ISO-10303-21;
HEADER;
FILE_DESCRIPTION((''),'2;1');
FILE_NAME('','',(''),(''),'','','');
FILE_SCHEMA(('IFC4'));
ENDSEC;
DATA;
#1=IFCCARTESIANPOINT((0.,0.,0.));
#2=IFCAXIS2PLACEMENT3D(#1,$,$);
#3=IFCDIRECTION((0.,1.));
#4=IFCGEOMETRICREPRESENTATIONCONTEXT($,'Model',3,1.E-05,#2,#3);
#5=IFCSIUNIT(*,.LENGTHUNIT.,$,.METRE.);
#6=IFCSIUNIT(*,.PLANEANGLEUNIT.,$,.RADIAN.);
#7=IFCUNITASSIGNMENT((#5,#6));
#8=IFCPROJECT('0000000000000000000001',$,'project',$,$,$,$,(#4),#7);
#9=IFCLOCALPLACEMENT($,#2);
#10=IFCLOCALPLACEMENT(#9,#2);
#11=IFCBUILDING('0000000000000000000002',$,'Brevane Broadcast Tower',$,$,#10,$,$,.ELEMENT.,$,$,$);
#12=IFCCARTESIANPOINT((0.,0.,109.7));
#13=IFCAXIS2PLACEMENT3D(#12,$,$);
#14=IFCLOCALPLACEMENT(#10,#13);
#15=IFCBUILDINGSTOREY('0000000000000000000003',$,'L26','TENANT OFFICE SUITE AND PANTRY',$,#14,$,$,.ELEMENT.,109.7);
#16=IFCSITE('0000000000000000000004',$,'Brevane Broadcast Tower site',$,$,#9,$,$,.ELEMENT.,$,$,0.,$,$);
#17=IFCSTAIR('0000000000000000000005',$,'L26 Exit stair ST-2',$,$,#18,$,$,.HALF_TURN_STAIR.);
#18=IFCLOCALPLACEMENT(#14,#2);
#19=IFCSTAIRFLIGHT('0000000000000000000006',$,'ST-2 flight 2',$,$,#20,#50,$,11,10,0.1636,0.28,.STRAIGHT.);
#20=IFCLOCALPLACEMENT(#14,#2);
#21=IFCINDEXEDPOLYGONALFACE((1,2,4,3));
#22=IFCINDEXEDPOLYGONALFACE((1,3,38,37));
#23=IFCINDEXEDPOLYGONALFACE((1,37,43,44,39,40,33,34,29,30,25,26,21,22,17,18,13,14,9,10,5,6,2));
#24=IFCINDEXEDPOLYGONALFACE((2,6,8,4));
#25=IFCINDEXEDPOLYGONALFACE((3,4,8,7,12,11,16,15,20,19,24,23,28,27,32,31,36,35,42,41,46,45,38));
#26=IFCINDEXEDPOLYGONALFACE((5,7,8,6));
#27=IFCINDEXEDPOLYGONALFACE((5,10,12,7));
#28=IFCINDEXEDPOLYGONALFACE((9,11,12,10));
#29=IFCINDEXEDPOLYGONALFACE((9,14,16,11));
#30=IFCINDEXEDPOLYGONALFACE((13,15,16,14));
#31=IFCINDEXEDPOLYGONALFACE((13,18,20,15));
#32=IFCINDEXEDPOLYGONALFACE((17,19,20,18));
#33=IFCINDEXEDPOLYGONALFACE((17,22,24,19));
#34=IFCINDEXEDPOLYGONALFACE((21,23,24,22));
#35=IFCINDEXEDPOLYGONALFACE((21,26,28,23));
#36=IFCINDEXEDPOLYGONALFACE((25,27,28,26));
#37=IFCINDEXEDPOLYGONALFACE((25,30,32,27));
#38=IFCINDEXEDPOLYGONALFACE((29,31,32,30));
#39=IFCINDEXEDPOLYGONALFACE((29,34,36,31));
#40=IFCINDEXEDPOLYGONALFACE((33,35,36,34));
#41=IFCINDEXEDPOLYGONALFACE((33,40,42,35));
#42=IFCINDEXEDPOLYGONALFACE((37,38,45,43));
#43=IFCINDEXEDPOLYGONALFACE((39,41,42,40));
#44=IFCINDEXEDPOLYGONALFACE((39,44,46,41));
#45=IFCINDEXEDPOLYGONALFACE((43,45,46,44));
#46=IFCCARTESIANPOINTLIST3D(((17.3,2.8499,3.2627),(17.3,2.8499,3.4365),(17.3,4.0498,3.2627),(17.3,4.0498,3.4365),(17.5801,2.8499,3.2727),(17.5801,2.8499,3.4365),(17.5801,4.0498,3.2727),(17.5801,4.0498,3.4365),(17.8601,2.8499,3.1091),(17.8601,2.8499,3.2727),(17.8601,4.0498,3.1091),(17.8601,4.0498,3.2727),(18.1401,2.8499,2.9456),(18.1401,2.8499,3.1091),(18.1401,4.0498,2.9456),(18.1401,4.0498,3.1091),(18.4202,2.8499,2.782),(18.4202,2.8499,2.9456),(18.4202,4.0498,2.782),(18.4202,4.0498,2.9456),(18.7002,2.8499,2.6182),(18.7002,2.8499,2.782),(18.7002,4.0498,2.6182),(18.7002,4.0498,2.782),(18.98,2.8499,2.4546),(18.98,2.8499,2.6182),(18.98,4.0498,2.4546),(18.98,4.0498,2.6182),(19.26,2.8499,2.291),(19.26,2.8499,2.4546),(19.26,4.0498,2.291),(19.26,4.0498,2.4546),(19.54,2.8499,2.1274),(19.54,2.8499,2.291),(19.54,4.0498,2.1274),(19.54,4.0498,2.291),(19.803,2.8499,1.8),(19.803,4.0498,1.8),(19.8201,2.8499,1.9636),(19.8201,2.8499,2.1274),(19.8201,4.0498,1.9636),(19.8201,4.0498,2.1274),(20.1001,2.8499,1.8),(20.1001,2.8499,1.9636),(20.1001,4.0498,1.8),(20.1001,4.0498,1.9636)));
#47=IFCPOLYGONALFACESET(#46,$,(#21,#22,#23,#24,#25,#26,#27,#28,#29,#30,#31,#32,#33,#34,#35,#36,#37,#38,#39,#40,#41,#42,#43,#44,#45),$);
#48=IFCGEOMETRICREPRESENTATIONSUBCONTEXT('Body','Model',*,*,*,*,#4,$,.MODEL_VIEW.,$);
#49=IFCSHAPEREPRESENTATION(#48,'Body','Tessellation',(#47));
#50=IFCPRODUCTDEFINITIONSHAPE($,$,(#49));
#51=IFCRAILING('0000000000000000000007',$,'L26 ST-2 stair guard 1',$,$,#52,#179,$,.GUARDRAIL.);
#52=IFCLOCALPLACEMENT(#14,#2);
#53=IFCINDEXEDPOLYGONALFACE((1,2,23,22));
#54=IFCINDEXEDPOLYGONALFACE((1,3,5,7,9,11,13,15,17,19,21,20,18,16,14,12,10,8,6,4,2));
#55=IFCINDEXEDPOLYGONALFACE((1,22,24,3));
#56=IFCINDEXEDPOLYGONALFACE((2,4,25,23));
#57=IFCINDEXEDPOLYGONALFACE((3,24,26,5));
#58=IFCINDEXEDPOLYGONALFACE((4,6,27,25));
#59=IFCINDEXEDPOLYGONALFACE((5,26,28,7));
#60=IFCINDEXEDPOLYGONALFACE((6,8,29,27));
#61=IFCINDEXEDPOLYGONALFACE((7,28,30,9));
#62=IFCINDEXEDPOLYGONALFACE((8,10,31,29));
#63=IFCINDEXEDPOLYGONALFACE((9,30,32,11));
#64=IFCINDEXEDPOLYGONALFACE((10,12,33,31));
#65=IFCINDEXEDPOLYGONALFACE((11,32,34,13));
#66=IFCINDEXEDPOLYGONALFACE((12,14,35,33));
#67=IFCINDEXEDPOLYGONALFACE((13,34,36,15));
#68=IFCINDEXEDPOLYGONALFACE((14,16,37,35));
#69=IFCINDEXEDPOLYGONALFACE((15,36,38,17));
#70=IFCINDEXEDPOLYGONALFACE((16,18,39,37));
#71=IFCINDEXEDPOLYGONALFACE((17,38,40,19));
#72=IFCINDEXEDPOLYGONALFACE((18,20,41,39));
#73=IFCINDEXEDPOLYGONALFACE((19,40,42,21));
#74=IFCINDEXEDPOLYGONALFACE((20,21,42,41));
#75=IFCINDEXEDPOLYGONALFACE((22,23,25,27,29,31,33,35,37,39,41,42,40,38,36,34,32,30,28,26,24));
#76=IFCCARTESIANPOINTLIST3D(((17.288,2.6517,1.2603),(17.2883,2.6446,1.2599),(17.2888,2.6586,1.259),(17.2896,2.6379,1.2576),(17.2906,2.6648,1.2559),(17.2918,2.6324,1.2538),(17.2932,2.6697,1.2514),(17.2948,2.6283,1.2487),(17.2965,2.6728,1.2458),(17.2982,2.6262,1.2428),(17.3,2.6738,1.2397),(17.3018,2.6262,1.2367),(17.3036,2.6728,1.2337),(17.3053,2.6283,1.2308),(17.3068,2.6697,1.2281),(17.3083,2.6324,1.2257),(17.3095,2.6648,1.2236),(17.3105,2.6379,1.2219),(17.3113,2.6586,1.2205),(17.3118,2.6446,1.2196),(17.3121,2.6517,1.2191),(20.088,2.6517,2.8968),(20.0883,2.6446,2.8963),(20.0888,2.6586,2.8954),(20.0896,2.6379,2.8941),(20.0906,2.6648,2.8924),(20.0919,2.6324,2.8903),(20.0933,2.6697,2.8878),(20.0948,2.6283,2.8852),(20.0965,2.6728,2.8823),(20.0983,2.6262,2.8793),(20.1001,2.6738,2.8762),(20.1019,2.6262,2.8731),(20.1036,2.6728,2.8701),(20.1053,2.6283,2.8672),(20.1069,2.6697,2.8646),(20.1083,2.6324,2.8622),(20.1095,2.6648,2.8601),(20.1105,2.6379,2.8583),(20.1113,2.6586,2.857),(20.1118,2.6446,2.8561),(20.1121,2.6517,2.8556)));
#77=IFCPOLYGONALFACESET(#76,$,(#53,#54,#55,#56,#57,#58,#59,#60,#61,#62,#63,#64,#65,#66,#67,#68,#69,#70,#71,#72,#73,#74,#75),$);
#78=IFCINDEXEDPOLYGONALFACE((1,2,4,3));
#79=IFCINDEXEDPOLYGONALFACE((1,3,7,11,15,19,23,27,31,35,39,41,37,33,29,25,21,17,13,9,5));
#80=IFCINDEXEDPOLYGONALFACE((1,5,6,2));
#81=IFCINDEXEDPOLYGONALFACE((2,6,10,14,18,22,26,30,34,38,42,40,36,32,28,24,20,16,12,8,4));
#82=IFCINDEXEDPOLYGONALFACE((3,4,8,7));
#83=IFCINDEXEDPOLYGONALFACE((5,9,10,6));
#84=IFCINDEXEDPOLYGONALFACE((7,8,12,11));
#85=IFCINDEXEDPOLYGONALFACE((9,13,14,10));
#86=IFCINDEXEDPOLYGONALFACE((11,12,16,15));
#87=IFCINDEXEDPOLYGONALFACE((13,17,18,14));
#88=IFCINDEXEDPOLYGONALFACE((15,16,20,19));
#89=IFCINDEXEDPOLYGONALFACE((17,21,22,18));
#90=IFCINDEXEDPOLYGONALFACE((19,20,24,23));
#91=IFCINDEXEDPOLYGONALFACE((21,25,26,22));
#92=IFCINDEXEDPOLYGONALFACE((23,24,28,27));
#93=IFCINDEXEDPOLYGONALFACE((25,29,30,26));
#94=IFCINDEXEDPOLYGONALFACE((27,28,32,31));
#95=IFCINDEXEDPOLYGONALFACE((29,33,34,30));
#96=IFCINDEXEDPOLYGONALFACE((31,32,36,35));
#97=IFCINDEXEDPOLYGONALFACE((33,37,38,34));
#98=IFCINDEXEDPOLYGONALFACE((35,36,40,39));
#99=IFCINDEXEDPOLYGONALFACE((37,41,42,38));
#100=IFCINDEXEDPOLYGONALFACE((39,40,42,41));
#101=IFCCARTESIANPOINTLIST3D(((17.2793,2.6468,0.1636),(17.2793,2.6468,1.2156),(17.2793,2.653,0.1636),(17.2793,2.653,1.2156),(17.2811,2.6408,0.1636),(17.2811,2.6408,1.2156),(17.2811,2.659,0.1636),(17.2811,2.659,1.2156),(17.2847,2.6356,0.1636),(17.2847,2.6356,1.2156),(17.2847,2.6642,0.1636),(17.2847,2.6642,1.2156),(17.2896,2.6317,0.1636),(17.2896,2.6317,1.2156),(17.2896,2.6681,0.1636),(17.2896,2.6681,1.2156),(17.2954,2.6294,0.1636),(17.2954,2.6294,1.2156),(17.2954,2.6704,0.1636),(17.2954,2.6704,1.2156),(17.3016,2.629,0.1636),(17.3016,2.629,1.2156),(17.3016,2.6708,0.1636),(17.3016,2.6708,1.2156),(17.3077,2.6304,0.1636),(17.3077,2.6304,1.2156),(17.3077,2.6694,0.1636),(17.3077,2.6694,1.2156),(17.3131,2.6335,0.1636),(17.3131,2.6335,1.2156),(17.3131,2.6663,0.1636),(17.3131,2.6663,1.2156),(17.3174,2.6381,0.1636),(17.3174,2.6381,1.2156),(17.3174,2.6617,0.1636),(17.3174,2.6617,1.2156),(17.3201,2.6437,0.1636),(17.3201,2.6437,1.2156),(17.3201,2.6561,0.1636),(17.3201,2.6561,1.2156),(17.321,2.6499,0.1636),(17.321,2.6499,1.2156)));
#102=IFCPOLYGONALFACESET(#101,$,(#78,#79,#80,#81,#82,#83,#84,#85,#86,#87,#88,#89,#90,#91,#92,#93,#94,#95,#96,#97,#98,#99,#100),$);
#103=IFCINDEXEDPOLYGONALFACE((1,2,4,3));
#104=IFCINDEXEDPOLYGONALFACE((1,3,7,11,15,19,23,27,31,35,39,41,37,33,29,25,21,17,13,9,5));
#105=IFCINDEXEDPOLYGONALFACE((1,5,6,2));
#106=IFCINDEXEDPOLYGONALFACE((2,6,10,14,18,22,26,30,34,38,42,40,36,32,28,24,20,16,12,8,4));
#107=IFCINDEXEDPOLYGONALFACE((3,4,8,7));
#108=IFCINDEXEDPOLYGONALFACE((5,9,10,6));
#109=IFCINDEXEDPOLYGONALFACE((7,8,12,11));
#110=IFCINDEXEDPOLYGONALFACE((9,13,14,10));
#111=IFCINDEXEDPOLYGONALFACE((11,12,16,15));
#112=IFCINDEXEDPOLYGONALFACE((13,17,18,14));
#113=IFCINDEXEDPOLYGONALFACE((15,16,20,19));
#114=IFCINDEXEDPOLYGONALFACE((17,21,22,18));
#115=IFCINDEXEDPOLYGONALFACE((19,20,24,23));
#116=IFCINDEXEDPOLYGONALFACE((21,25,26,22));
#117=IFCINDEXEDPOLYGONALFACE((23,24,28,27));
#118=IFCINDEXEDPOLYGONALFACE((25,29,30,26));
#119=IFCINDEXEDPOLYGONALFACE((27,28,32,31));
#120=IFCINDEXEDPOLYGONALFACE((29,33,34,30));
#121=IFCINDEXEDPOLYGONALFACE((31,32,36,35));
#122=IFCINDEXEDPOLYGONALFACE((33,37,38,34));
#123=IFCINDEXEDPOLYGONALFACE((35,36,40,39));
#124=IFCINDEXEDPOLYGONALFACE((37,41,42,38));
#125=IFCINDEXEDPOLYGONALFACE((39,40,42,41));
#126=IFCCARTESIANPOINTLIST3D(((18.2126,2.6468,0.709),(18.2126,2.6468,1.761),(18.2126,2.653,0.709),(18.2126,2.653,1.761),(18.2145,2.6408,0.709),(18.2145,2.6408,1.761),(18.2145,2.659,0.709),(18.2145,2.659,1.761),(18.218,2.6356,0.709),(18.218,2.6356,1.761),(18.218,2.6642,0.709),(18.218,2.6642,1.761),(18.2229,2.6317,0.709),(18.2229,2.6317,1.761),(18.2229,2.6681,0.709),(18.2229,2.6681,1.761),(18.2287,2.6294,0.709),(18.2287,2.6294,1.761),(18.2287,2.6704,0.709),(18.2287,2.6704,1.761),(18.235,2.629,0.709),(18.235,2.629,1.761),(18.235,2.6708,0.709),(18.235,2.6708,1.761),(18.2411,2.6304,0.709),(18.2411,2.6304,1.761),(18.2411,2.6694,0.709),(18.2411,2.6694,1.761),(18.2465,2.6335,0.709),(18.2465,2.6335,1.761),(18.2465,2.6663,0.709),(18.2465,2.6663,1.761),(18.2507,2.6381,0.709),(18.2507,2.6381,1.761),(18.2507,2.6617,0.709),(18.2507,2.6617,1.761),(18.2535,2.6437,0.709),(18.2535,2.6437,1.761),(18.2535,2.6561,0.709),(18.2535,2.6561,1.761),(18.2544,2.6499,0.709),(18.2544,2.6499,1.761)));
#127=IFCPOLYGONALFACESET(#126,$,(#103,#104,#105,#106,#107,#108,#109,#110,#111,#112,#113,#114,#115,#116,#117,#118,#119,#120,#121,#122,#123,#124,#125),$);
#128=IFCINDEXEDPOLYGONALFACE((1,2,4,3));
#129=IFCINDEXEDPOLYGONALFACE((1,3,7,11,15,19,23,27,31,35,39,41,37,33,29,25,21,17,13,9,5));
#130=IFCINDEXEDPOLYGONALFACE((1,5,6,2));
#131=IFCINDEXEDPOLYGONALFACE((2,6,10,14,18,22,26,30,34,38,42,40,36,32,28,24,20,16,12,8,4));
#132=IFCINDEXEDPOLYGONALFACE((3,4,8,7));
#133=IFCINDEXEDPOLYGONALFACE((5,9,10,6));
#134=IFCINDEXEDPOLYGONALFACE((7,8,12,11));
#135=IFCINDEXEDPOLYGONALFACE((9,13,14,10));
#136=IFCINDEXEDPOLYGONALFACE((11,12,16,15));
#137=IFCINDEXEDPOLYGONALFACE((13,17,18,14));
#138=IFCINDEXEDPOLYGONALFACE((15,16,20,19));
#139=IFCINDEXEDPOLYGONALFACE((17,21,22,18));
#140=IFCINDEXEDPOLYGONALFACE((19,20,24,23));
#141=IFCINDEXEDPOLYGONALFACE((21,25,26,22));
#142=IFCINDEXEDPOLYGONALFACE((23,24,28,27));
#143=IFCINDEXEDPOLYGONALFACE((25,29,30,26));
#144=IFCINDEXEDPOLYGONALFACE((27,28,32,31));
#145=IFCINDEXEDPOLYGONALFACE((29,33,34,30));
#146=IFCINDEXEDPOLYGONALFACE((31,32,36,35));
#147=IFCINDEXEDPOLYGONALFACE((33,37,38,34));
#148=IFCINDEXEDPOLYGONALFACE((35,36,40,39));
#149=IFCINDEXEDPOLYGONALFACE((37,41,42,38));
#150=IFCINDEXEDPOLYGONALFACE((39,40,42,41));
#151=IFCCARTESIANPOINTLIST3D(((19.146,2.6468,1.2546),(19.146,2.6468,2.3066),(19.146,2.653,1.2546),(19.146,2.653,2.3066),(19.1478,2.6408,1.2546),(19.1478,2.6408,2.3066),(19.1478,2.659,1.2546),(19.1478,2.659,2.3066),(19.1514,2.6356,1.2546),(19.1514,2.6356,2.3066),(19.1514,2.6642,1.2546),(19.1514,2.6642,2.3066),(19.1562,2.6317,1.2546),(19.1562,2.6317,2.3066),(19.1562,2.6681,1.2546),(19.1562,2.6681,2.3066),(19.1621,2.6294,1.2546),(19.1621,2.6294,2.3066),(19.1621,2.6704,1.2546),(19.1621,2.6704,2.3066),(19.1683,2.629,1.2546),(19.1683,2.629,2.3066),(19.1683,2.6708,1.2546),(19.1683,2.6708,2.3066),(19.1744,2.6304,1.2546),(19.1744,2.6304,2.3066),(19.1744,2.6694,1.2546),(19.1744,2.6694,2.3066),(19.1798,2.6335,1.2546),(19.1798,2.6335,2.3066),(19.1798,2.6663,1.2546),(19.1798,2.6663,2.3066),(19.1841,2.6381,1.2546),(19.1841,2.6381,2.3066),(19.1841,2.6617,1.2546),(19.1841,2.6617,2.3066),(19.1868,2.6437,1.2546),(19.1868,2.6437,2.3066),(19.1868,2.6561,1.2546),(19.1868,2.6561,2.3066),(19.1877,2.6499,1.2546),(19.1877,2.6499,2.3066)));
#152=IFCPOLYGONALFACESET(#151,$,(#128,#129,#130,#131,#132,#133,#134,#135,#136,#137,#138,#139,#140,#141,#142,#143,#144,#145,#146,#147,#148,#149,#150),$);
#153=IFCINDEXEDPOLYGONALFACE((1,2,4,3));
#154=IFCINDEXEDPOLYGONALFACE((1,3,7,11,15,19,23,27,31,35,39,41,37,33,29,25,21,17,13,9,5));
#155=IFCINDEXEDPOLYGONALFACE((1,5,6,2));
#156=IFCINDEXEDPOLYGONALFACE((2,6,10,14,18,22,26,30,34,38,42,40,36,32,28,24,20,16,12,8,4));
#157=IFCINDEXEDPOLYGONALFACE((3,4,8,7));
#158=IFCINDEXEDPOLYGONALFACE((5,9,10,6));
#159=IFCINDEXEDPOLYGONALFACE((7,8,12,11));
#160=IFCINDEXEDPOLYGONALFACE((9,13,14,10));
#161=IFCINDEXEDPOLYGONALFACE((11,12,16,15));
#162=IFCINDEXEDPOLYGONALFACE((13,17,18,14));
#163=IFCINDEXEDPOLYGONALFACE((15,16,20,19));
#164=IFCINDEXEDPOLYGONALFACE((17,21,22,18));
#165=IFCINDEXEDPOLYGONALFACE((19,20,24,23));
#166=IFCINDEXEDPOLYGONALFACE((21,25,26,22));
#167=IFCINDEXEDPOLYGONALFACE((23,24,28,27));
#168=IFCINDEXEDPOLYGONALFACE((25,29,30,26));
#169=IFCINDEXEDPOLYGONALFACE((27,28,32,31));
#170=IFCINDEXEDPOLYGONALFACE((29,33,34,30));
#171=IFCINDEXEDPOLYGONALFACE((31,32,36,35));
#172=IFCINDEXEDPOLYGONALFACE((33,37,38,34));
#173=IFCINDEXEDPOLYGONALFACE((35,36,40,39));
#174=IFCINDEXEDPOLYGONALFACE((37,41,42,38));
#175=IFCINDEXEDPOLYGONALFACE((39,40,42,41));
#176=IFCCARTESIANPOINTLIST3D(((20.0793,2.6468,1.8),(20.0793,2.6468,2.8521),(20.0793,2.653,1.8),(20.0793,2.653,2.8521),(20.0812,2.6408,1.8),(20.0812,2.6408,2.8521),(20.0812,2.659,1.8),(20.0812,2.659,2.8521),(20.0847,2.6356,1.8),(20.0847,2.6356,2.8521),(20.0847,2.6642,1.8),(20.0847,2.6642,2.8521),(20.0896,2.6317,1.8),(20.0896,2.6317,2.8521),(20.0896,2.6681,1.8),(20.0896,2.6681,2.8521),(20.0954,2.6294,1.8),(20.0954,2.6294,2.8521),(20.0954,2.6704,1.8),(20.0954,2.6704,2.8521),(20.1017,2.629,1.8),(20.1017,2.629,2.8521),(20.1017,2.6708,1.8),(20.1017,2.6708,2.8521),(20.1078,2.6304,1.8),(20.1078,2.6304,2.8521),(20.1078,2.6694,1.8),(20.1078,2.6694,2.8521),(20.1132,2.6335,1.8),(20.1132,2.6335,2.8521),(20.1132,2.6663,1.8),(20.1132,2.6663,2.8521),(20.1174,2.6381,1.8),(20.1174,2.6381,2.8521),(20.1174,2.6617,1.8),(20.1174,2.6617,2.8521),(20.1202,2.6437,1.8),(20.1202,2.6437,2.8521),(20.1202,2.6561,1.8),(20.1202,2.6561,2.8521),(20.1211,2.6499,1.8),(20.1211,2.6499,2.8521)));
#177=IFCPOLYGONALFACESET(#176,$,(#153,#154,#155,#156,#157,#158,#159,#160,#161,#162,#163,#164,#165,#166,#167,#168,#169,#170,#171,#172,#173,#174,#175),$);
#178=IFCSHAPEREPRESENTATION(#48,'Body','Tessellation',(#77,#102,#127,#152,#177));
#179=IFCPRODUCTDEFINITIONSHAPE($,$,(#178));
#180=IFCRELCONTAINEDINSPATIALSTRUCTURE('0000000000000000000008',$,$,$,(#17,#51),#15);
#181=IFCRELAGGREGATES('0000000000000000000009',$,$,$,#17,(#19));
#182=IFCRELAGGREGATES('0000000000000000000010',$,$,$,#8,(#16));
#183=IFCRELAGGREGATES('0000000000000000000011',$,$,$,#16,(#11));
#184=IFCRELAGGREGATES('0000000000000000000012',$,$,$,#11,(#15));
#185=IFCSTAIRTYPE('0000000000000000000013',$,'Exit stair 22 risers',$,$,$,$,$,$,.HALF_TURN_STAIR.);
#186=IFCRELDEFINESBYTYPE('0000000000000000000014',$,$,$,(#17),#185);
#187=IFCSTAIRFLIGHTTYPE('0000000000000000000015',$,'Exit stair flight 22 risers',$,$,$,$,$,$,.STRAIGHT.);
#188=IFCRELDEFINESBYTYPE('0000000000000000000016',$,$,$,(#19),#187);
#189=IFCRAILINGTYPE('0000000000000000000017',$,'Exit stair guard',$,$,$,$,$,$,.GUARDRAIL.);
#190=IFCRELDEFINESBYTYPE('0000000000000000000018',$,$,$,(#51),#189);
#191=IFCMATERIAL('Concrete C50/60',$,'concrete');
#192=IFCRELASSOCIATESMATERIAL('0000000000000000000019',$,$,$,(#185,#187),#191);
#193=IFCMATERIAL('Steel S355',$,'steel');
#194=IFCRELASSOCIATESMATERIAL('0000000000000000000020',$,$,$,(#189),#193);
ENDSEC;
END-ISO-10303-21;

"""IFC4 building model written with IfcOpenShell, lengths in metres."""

from ifc_helpers import new_model, si_unit, direction, frame, origin, origin_2d, place, context, subcontext, project, spatial, polyline, circle, outline, extrude, material, type_object, element, aggregate, save


model = new_model("IFC4")

# Units and contexts
model_context = context("Model", 3, precision=1e-05, world=origin(), true_north=direction((0.0, 1.0)))
body_context = subcontext(model_context, "Body", "Model", "MODEL_VIEW")
ifc_project = project(units=[si_unit("LENGTHUNIT", "METRE"), si_unit("PLANEANGLEUNIT", "RADIAN")], contexts=[model_context])

# Site, building, storey
site_placement = place(None, origin())
site = spatial("IfcSite", under=ifc_project, at=site_placement, Name="Brevane Broadcast Tower site", CompositionType="ELEMENT", RefElevation=0.0)
building_placement = place(site_placement, origin())
building = spatial("IfcBuilding", under=site, at=building_placement, Name="Brevane Broadcast Tower", CompositionType="ELEMENT")
storey_placement = place(building_placement, frame((0.0, 0.0, 109.7)))
storey = spatial("IfcBuildingStorey", under=building, at=storey_placement, Name="L26", Description="TENANT OFFICE SUITE AND PANTRY", CompositionType="ELEMENT", Elevation=109.7)

# Stair, stair flight
ifc_material_1 = material(Name="Concrete C50/60", Category="concrete")
stair_type = type_object("IfcStairType", Name="Exit stair 22 risers", PredefinedType="HALF_TURN_STAIR", material=ifc_material_1)
stair_placement = place(storey_placement, origin())
stair = element("IfcStair", 1, at=stair_placement, inside=storey, type_object=stair_type, Name="L26 Exit stair ST-2", PredefinedType="HALF_TURN_STAIR")
stair_flight_type = type_object("IfcStairFlightType", Name="Exit stair flight 22 risers", PredefinedType="STRAIGHT", material=ifc_material_1)
stair_flight_1_placement = place(storey_placement, frame((20.1001, 3.45, 1.8), z_axis=(0.0, 0.0, 1.0), x_axis=(-1.0, 0.0, 0.0)))
stair_flight_1 = element("IfcStairFlight", 2, at=stair_flight_1_placement, type_object=stair_flight_type, Name="ST-2 flight 2", NumberOfRisers=11, NumberOfTreads=10, PredefinedType="STRAIGHT", RiserHeight=0.1636, TreadLength=0.28, context=body_context, shape_type="SweptSolid", body=[
    extrude(outline(polyline([(0.0, 0.0), (0.0, 0.1636), (0.28, 0.1636), (0.28, 0.3274), (0.5601, 0.3274), (0.5601, 0.491), (0.8401, 0.491), (0.8401, 0.6545), (1.1201, 0.6545), (1.1201, 0.8181), (1.3999, 0.8181), (1.3999, 0.9819), (1.6799, 0.9819), (1.6799, 1.1455), (1.96, 1.1455), (1.96, 1.3091), (2.24, 1.3091), (2.24, 1.4727), (2.52, 1.4727), (2.52, 1.6365), (2.8, 1.6365), (2.8, 1.8), (2.8, 1.4626), (0.2971, 0.0), (0.0, 0.0)])), frame((0.0, 0.6001, 0.0), z_axis=(0.0, -1.0, 0.0), x_axis=(1.0, 0.0, 0.0)), (0.0, 0.0, 1.0), 1.2),
])
aggregate(stair, [stair_flight_1])

# Railing
ifc_material_2 = material(Name="Steel S355", Category="steel")
railing_type_1 = type_object("IfcRailingType", Name="Exit stair guard", PredefinedType="GUARDRAIL", material=ifc_material_2)
railing_1_placement = place(storey_placement, frame((17.3, 2.6499, 0.1636)))
element("IfcRailing", 3, at=railing_1_placement, inside=storey, type_object=railing_type_1, Name="L26 ST-2 stair guard 1", PredefinedType="GUARDRAIL", context=body_context, shape_type="SweptSolid", body=[
    extrude(circle(Radius=0.0239, at=origin_2d()), frame((0.0, 0.0, 1.0762), z_axis=(0.863361, 0.0, 0.504587), x_axis=(0.0, 1.0, 0.0)), (0.0, 0.0, 1.0), 3.2432),
    extrude(circle(Radius=0.021, at=origin_2d()), origin(), (0.0, 0.0, 1.0), 1.052),
    extrude(circle(Radius=0.021, at=origin_2d()), frame((0.9333, 0.0, 0.5454)), (0.0, 0.0, 1.0), 1.052),
    extrude(circle(Radius=0.021, at=origin_2d()), frame((1.8667, 0.0, 1.0911)), (0.0, 0.0, 1.0), 1.052),
    extrude(circle(Radius=0.021, at=origin_2d()), frame((2.8, 0.0, 1.6365)), (0.0, 0.0, 1.0), 1.052),
])

save(model, "model.ifc")
